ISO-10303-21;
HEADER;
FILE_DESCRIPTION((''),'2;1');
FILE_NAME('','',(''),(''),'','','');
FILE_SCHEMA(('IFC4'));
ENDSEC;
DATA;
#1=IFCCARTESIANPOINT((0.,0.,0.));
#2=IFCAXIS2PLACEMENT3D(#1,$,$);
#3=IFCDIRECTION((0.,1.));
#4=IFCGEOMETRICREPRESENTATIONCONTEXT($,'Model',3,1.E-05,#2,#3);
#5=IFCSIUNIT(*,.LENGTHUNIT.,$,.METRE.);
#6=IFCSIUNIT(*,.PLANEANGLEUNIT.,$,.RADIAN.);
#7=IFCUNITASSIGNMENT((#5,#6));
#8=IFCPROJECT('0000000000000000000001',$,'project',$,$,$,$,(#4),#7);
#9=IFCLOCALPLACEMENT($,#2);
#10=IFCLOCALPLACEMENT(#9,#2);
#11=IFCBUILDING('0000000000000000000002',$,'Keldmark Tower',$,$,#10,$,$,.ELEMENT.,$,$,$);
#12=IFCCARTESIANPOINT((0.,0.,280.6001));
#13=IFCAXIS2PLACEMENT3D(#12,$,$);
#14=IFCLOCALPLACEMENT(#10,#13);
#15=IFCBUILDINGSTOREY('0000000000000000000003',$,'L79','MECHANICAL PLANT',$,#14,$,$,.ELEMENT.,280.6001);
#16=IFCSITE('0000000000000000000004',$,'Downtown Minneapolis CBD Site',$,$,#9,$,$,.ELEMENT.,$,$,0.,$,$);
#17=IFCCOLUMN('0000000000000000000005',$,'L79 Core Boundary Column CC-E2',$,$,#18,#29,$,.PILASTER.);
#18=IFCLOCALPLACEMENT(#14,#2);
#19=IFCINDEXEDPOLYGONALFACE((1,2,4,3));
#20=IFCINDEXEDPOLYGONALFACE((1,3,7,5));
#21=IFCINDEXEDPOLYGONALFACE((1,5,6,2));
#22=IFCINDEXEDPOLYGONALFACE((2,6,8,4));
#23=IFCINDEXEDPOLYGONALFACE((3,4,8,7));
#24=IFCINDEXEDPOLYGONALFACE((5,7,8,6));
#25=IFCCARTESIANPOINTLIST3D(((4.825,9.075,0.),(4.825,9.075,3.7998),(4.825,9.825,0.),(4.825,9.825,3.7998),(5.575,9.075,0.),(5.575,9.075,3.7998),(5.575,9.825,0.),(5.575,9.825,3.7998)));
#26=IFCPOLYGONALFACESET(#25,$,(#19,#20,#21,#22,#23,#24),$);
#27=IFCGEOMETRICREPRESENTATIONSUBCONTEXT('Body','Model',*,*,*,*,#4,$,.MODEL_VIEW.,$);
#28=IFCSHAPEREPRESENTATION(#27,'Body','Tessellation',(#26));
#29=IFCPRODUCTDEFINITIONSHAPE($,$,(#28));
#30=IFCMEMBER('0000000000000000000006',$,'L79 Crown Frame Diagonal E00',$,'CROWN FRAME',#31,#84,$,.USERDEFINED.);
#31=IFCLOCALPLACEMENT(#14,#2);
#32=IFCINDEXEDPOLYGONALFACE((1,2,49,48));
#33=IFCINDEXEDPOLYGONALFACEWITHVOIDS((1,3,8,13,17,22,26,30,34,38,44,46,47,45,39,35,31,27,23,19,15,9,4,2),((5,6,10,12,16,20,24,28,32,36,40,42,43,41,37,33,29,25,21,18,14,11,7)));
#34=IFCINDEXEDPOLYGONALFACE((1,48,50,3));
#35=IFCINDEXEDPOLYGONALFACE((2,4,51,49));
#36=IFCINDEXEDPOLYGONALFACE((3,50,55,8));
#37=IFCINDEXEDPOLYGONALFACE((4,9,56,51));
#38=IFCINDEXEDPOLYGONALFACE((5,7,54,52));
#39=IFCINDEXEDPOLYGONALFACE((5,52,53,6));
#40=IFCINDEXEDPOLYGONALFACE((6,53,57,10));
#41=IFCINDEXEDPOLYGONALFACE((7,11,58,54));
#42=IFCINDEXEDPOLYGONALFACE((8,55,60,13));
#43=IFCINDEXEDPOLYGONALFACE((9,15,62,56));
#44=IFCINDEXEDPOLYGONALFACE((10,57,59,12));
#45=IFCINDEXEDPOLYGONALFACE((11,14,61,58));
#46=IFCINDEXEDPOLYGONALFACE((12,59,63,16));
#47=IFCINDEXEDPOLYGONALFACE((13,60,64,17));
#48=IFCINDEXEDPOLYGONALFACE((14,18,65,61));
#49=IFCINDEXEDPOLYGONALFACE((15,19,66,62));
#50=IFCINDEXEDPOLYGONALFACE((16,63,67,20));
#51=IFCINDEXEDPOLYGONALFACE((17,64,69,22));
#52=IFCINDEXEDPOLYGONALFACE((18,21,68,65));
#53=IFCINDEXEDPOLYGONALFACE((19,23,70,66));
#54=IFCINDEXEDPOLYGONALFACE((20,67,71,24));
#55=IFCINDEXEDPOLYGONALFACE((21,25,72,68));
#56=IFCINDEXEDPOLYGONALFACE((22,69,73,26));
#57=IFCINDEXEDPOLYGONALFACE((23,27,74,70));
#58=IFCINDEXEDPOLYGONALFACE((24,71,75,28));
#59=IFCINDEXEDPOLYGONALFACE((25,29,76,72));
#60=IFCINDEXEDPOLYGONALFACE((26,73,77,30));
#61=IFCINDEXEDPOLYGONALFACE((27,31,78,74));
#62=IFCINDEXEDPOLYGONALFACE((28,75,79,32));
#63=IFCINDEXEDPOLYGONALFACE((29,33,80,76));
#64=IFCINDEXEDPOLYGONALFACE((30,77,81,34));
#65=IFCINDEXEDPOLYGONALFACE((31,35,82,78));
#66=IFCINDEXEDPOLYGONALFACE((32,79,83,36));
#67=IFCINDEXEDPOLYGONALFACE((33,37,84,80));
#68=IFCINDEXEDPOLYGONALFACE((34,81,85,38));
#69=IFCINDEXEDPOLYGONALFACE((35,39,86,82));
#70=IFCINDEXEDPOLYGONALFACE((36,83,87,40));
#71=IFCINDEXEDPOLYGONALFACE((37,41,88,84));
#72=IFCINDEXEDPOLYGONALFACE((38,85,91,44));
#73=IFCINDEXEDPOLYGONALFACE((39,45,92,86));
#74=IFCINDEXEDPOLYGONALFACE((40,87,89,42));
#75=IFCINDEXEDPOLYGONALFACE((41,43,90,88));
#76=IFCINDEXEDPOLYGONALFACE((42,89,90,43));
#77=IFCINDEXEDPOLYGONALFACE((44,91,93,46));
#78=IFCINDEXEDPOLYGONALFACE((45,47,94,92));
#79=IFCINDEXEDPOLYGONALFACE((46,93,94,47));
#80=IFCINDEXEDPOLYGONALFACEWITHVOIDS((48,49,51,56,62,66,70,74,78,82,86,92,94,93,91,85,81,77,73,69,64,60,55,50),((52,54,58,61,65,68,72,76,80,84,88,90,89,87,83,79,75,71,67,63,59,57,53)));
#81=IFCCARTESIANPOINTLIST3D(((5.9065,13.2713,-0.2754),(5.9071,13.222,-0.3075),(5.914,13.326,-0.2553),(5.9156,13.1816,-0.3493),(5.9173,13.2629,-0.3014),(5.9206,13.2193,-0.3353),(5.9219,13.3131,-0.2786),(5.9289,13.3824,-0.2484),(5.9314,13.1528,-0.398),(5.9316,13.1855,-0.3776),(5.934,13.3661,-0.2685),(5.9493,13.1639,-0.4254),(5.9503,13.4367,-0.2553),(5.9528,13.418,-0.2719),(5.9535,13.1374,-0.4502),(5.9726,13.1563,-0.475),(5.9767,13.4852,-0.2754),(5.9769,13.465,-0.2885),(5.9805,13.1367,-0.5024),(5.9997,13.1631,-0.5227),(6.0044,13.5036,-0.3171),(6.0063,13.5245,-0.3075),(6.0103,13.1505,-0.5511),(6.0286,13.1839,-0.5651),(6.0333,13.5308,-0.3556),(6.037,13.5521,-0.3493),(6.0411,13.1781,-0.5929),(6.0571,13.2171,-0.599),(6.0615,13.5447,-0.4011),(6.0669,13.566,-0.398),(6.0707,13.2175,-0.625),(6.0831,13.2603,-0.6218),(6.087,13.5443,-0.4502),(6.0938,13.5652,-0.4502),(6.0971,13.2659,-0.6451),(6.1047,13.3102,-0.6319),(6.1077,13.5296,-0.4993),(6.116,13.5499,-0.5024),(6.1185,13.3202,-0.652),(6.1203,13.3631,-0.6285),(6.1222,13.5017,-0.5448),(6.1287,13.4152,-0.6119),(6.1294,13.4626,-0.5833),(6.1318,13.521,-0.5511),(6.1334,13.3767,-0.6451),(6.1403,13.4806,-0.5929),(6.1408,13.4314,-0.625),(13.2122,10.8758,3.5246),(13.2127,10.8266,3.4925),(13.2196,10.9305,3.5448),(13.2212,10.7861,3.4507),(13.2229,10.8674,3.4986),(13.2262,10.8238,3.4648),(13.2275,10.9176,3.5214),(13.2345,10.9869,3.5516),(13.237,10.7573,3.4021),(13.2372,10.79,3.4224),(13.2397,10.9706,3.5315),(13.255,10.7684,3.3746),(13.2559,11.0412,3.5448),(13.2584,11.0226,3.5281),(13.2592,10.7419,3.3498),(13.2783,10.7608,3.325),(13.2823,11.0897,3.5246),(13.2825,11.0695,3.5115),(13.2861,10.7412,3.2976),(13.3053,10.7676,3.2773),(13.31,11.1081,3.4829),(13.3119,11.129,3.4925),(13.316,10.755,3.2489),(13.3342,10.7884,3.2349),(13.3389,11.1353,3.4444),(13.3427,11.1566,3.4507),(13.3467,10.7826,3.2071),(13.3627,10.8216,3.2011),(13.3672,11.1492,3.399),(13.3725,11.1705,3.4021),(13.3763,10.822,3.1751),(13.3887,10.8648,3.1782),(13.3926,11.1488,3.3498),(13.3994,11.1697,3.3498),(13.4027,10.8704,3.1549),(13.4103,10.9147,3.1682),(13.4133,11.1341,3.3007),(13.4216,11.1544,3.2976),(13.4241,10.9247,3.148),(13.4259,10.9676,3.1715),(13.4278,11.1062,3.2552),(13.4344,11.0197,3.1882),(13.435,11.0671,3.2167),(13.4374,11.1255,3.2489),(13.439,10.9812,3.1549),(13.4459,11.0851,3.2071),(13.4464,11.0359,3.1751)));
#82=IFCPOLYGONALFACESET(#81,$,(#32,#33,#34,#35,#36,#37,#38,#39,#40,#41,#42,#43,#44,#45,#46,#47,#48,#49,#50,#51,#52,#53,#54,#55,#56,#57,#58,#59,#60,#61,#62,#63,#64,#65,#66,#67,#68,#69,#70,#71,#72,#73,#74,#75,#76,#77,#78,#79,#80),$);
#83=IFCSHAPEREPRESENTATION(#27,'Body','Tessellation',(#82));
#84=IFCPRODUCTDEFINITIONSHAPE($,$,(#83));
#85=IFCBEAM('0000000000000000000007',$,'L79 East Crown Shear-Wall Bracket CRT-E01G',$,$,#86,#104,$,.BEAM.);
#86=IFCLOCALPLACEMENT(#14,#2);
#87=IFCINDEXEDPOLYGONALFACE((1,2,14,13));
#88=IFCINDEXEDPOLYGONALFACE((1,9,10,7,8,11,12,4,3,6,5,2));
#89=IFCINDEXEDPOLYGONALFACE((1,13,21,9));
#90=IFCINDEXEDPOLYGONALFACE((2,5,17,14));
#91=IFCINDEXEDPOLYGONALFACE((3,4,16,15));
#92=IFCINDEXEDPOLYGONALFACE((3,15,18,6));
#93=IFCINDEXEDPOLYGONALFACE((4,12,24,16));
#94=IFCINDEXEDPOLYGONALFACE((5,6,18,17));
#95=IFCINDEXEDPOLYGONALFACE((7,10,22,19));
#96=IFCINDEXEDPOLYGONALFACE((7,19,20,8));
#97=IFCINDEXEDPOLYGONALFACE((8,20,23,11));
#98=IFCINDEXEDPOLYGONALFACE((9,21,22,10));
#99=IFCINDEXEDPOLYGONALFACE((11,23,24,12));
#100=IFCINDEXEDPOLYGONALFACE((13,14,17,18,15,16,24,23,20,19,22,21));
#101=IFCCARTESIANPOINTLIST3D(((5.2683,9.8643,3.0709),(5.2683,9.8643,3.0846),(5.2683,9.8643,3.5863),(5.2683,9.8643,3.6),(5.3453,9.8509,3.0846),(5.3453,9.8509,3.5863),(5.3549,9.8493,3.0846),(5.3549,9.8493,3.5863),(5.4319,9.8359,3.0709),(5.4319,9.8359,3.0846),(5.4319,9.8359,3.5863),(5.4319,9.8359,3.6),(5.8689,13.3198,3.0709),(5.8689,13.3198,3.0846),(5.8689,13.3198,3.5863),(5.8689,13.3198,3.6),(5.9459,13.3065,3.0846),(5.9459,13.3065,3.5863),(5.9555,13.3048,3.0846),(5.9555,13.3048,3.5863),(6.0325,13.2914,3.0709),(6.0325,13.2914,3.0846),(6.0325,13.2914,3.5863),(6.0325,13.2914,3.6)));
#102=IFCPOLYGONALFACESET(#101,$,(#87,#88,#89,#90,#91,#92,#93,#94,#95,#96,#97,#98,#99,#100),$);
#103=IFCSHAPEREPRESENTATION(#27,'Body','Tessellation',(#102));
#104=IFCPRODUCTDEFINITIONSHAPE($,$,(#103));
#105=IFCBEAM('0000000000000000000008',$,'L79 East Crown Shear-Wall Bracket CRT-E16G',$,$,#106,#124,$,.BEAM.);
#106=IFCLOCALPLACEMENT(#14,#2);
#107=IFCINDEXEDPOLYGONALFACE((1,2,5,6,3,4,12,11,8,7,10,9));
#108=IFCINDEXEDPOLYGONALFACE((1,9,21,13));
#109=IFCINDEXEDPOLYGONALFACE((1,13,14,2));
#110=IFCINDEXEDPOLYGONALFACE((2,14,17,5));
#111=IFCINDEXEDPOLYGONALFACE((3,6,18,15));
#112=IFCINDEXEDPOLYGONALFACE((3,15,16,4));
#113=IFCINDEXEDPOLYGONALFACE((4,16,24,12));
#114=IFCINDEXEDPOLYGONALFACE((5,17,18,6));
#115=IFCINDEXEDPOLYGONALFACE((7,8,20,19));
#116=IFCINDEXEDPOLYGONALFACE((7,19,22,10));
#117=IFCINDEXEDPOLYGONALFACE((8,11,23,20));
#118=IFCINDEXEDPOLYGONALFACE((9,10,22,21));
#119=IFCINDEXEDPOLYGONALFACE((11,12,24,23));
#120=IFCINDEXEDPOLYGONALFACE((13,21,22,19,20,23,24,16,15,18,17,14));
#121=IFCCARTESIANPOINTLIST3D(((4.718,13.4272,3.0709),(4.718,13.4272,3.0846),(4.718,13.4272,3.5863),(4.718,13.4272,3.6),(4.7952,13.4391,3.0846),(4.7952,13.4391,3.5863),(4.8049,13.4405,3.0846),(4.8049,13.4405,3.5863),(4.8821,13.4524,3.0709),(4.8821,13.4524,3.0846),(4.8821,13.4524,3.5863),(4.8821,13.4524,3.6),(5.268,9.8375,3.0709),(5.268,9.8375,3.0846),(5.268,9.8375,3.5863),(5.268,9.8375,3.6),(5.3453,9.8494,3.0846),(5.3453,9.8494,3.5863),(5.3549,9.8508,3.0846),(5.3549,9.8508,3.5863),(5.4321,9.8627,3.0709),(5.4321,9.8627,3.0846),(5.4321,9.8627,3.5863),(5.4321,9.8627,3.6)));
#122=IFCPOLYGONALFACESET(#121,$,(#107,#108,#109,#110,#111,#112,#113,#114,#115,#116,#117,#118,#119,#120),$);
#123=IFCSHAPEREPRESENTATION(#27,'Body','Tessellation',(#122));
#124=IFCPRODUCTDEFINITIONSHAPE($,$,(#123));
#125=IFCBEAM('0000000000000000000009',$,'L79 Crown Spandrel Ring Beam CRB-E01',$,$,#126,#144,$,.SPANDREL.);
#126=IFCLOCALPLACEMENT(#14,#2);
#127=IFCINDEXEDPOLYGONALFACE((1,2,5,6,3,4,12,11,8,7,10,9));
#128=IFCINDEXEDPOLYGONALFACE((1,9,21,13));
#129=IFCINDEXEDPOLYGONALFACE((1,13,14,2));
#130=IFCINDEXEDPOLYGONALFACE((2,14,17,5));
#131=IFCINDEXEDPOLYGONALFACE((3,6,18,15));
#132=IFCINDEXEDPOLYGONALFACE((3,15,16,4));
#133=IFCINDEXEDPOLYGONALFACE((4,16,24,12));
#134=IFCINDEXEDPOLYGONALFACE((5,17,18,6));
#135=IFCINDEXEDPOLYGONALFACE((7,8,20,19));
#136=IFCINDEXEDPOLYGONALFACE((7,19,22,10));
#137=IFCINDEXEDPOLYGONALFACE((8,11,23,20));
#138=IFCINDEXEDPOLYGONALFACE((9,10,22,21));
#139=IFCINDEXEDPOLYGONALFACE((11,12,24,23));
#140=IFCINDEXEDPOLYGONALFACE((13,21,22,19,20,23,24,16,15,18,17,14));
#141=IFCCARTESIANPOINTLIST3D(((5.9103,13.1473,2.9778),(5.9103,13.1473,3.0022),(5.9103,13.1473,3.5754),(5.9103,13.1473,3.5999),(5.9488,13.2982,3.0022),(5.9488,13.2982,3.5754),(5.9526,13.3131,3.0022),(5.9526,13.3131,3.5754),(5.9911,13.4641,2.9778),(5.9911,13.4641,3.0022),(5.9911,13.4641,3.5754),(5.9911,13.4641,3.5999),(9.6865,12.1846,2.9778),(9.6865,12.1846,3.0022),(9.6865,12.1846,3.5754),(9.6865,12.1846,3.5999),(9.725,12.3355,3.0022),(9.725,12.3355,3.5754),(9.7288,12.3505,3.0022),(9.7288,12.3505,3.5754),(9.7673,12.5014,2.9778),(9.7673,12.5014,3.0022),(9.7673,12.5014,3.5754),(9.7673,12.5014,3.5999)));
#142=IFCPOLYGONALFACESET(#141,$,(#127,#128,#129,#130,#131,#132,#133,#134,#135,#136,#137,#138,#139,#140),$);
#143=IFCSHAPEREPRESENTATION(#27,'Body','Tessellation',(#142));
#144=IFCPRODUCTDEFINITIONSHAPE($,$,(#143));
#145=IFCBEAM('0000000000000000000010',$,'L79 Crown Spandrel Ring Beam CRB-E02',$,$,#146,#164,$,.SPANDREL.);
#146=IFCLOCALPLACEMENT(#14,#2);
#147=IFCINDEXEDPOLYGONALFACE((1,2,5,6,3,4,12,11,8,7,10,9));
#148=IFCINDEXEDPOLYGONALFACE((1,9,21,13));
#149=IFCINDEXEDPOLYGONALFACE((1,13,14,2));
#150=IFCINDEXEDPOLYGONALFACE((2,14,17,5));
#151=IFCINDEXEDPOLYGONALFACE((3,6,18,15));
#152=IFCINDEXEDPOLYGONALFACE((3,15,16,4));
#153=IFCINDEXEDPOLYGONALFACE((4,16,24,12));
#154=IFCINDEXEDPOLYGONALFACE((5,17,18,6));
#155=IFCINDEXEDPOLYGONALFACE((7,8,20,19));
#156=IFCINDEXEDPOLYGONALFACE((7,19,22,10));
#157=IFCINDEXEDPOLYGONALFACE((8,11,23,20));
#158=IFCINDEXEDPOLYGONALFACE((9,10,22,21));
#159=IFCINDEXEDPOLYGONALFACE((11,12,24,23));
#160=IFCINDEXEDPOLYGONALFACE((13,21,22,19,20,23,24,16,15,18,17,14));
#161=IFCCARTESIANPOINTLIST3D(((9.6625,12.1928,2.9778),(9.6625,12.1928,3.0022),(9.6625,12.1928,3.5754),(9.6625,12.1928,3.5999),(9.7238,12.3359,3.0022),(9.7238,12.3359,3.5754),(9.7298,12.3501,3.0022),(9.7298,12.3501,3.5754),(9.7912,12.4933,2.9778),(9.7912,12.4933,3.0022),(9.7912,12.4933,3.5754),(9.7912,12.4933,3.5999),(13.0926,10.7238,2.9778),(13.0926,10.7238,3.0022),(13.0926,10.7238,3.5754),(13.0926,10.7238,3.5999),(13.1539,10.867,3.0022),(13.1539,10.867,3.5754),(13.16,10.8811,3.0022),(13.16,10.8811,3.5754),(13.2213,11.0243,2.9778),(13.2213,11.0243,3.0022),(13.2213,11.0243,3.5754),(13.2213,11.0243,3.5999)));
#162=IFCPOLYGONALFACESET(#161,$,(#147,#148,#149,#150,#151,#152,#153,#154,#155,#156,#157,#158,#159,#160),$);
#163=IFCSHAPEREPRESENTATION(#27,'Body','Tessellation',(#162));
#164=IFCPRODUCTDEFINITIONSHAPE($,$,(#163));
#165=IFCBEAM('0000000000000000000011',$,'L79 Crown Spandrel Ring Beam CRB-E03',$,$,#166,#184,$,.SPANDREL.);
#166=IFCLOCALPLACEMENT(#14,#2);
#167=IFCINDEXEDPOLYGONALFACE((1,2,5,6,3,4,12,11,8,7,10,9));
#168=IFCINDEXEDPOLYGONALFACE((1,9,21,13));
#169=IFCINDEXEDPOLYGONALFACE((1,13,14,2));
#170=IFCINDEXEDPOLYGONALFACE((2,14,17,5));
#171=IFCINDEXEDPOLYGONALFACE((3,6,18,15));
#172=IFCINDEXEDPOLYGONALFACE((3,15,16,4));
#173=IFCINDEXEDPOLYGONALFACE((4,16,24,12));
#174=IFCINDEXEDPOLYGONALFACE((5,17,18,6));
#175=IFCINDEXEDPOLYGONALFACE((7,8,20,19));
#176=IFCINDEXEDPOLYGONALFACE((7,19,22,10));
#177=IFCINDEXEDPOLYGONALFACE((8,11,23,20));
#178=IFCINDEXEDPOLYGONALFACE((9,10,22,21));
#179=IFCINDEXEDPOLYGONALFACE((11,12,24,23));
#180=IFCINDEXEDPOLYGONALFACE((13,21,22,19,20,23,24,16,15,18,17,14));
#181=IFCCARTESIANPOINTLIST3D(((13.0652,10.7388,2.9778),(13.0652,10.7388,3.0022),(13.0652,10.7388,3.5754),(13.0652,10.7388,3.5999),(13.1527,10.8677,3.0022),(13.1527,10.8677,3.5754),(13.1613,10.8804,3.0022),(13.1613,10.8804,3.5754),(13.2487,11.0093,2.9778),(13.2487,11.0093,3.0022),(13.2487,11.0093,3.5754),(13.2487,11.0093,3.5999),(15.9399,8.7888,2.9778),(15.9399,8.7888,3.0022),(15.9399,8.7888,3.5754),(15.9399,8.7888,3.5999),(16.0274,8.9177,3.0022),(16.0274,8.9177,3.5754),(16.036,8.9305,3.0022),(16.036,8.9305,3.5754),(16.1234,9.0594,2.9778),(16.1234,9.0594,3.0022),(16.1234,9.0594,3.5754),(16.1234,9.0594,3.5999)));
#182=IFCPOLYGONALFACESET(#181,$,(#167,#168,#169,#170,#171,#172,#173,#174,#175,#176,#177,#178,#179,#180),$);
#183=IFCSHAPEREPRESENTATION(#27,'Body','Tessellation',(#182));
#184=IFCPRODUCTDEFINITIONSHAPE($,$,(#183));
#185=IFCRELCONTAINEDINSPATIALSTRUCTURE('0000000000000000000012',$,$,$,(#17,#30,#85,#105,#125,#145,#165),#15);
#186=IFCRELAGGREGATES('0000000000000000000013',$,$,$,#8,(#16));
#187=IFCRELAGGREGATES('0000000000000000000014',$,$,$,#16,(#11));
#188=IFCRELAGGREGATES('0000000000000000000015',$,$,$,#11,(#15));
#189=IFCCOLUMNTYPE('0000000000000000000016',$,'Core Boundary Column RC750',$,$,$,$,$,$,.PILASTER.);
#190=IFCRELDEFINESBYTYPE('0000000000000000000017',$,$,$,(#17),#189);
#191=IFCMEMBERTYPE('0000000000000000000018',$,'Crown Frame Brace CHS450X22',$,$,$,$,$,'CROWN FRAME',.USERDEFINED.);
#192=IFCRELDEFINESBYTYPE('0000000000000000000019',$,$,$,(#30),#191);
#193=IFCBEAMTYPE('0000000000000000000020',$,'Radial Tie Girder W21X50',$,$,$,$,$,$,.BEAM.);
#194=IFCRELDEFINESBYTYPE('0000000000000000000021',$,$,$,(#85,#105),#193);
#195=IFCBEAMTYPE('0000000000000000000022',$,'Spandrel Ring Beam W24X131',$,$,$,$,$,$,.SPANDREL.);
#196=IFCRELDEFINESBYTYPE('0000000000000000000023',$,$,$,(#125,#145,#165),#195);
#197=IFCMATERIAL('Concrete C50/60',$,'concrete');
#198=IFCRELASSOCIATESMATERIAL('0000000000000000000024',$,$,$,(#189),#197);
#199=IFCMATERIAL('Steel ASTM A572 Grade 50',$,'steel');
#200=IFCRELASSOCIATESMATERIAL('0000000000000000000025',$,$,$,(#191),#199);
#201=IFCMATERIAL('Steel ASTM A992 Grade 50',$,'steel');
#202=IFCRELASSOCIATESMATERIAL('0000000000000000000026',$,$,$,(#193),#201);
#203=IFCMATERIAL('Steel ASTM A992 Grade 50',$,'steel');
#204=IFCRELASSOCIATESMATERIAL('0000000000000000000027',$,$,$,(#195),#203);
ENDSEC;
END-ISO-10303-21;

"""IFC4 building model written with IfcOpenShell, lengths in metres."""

from ifc_helpers import new_model, si_unit, direction, frame, origin, origin_2d, place, context, subcontext, project, spatial, rectangle, hollow_circle, i_section, extrude, material, material_profile, profile_set, type_object, element, save


model = new_model("IFC4")

# Units and contexts
model_context = context("Model", 3, precision=1e-05, world=origin(), true_north=direction((0.0, 1.0)))
body_context = subcontext(model_context, "Body", "Model", "MODEL_VIEW")
ifc_project = project(units=[si_unit("LENGTHUNIT", "METRE"), si_unit("PLANEANGLEUNIT", "RADIAN")], contexts=[model_context])

# Site, building, storey
site_placement = place(None, origin())
site = spatial("IfcSite", under=ifc_project, at=site_placement, Name="Downtown Minneapolis CBD Site", CompositionType="ELEMENT", RefElevation=0.0)
building_placement = place(site_placement, origin())
building = spatial("IfcBuilding", under=site, at=building_placement, Name="Keldmark Tower", CompositionType="ELEMENT")
storey_placement = place(building_placement, frame((0.0, 0.0, 280.6001)))
storey = spatial("IfcBuildingStorey", under=building, at=storey_placement, Name="L79", Description="MECHANICAL PLANT", CompositionType="ELEMENT", Elevation=280.6001)

# Column
ifc_material_1 = material(Name="Concrete C50/60", Category="concrete")
ifc_material_profile_1 = material_profile(ifc_material_1, rectangle(XDim=0.75, YDim=0.75, at=origin_2d()), Name="RC750X750")
ifc_profile_set_1 = profile_set([ifc_material_profile_1], Name="Concrete C50/60")
column_type = type_object("IfcColumnType", Name="Core Boundary Column RC750", PredefinedType="PILASTER", material=ifc_profile_set_1)
column_placement = place(storey_placement, frame((5.2, 9.45, 0.0), z_axis=(0.0, 0.0, 1.0), x_axis=(1.0, 0.0, 0.0)))
element("IfcColumn", 1, at=column_placement, inside=storey, type_object=column_type, Name="L79 Core Boundary Column CC-E2", PredefinedType="PILASTER", context=body_context, shape_type="SweptSolid", body=[
    extrude(rectangle(XDim=0.75, YDim=0.75, at=origin_2d()), origin(), (0.0, 0.0, 1.0), 3.7998),
])

# Member
ifc_material_2 = material(Name="Steel ASTM A572 Grade 50", Category="steel")
ifc_material_profile_2 = material_profile(ifc_material_2, hollow_circle(Radius=0.2251, WallThickness=0.022, at=origin_2d()), Name="CHS450X22")
ifc_profile_set_2 = profile_set([ifc_material_profile_2], Name="Steel ASTM A572 Grade 50")
member_type = type_object("IfcMemberType", Name="Crown Frame Brace CHS450X22", ElementType="CROWN FRAME", PredefinedType="USERDEFINED", material=ifc_profile_set_2)
member_placement = place(storey_placement, frame((6.0237, 13.3513, -0.4502), z_axis=(0.851851, -0.27932, 0.443091), x_axis=(0.311575, 0.950222, 0.0)))
element("IfcMember", 2, at=member_placement, inside=storey, type_object=member_type, Name="L79 Crown Frame Diagonal E00", ObjectType="CROWN FRAME", PredefinedType="USERDEFINED", context=body_context, shape_type="SweptSolid", body=[
    extrude(hollow_circle(Radius=0.2251, WallThickness=0.022, at=origin_2d()), origin(), (0.0, 0.0, 1.0), 8.5762),
])

# Beams
ifc_material_3 = material(Name="Steel ASTM A992 Grade 50", Category="steel")
ifc_material_profile_3 = material_profile(ifc_material_3, i_section(OverallWidth=0.166, OverallDepth=0.5291, WebThickness=0.0098, FlangeThickness=0.0137, at=origin_2d()), Name="W21X50")
ifc_profile_set_3 = profile_set([ifc_material_profile_3], Name="Steel ASTM A992 Grade 50")
beam_type_1 = type_object("IfcBeamType", Name="Radial Tie Girder W21X50", PredefinedType="BEAM", material=ifc_profile_set_3)
beam_1_placement = place(storey_placement, frame((5.3501, 9.8501, 3.3354), z_axis=(0.171235, 0.98523, 0.0), x_axis=(-0.98523, 0.171235, 0.0)))
element("IfcBeam", 3, at=beam_1_placement, inside=storey, type_object=beam_type_1, Name="L79 East Crown Shear-Wall Bracket CRT-E01G", PredefinedType="BEAM", context=body_context, shape_type="SweptSolid", body=[
    extrude(i_section(OverallWidth=0.166, OverallDepth=0.5291, WebThickness=0.0098, FlangeThickness=0.0137, at=origin_2d()), origin(), (0.0, 0.0, 1.0), 3.5073),
])
beam_2_placement = place(storey_placement, frame((5.3501, 9.8501, 3.3354), z_axis=(-0.151466, 0.988462, 0.0), x_axis=(-0.988462, -0.151466, 0.0)))
element("IfcBeam", 4, at=beam_2_placement, inside=storey, type_object=beam_type_1, Name="L79 East Crown Shear-Wall Bracket CRT-E16G", PredefinedType="BEAM", context=body_context, shape_type="SweptSolid", body=[
    extrude(i_section(OverallWidth=0.166, OverallDepth=0.5291, WebThickness=0.0098, FlangeThickness=0.0137, at=origin_2d()), origin(), (0.0, 0.0, 1.0), 3.6316),
])
ifc_material_4 = material(Name="Steel ASTM A992 Grade 50", Category="steel")
ifc_material_profile_4 = material_profile(ifc_material_4, i_section(OverallWidth=0.3269, OverallDepth=0.6221, WebThickness=0.0154, FlangeThickness=0.0244, at=origin_2d()), Name="W24X131")
ifc_profile_set_4 = profile_set([ifc_material_profile_4], Name="Steel ASTM A992 Grade 50")
beam_type_2 = type_object("IfcBeamType", Name="Spandrel Ring Beam W24X131", PredefinedType="SPANDREL", material=ifc_profile_set_4)
beam_3_placement = place(storey_placement, frame((5.9507, 13.3057, 3.2888), z_axis=(0.969008, -0.247029, 0.0), x_axis=(0.247029, 0.969008, 0.0)))
element("IfcBeam", 5, at=beam_3_placement, inside=storey, type_object=beam_type_2, Name="L79 Crown Spandrel Ring Beam CRB-E01", PredefinedType="SPANDREL", context=body_context, shape_type="SweptSolid", body=[
    extrude(i_section(OverallWidth=0.3269, OverallDepth=0.6221, WebThickness=0.0154, FlangeThickness=0.0244, at=origin_2d()), origin(), (0.0, 0.0, 1.0), 3.897),
])
beam_4_placement = place(storey_placement, frame((9.7268, 12.343, 3.2888), z_axis=(0.91925, -0.393674, 0.0), x_axis=(0.393674, 0.91925, 0.0)))
element("IfcBeam", 6, at=beam_4_placement, inside=storey, type_object=beam_type_2, Name="L79 Crown Spandrel Ring Beam CRB-E02", PredefinedType="SPANDREL", context=body_context, shape_type="SweptSolid", body=[
    extrude(i_section(OverallWidth=0.3269, OverallDepth=0.6221, WebThickness=0.0154, FlangeThickness=0.0244, at=origin_2d()), origin(), (0.0, 0.0, 1.0), 3.7314),
])
beam_5_placement = place(storey_placement, frame((13.157, 10.874, 3.2888), z_axis=(0.82758, -0.561348, 0.0), x_axis=(0.561348, 0.82758, 0.0)))
element("IfcBeam", 7, at=beam_5_placement, inside=storey, type_object=beam_type_2, Name="L79 Crown Spandrel Ring Beam CRB-E03", PredefinedType="SPANDREL", context=body_context, shape_type="SweptSolid", body=[
    extrude(i_section(OverallWidth=0.3269, OverallDepth=0.6221, WebThickness=0.0154, FlangeThickness=0.0244, at=origin_2d()), origin(), (0.0, 0.0, 1.0), 3.4736),
])

save(model, "model.ifc")
